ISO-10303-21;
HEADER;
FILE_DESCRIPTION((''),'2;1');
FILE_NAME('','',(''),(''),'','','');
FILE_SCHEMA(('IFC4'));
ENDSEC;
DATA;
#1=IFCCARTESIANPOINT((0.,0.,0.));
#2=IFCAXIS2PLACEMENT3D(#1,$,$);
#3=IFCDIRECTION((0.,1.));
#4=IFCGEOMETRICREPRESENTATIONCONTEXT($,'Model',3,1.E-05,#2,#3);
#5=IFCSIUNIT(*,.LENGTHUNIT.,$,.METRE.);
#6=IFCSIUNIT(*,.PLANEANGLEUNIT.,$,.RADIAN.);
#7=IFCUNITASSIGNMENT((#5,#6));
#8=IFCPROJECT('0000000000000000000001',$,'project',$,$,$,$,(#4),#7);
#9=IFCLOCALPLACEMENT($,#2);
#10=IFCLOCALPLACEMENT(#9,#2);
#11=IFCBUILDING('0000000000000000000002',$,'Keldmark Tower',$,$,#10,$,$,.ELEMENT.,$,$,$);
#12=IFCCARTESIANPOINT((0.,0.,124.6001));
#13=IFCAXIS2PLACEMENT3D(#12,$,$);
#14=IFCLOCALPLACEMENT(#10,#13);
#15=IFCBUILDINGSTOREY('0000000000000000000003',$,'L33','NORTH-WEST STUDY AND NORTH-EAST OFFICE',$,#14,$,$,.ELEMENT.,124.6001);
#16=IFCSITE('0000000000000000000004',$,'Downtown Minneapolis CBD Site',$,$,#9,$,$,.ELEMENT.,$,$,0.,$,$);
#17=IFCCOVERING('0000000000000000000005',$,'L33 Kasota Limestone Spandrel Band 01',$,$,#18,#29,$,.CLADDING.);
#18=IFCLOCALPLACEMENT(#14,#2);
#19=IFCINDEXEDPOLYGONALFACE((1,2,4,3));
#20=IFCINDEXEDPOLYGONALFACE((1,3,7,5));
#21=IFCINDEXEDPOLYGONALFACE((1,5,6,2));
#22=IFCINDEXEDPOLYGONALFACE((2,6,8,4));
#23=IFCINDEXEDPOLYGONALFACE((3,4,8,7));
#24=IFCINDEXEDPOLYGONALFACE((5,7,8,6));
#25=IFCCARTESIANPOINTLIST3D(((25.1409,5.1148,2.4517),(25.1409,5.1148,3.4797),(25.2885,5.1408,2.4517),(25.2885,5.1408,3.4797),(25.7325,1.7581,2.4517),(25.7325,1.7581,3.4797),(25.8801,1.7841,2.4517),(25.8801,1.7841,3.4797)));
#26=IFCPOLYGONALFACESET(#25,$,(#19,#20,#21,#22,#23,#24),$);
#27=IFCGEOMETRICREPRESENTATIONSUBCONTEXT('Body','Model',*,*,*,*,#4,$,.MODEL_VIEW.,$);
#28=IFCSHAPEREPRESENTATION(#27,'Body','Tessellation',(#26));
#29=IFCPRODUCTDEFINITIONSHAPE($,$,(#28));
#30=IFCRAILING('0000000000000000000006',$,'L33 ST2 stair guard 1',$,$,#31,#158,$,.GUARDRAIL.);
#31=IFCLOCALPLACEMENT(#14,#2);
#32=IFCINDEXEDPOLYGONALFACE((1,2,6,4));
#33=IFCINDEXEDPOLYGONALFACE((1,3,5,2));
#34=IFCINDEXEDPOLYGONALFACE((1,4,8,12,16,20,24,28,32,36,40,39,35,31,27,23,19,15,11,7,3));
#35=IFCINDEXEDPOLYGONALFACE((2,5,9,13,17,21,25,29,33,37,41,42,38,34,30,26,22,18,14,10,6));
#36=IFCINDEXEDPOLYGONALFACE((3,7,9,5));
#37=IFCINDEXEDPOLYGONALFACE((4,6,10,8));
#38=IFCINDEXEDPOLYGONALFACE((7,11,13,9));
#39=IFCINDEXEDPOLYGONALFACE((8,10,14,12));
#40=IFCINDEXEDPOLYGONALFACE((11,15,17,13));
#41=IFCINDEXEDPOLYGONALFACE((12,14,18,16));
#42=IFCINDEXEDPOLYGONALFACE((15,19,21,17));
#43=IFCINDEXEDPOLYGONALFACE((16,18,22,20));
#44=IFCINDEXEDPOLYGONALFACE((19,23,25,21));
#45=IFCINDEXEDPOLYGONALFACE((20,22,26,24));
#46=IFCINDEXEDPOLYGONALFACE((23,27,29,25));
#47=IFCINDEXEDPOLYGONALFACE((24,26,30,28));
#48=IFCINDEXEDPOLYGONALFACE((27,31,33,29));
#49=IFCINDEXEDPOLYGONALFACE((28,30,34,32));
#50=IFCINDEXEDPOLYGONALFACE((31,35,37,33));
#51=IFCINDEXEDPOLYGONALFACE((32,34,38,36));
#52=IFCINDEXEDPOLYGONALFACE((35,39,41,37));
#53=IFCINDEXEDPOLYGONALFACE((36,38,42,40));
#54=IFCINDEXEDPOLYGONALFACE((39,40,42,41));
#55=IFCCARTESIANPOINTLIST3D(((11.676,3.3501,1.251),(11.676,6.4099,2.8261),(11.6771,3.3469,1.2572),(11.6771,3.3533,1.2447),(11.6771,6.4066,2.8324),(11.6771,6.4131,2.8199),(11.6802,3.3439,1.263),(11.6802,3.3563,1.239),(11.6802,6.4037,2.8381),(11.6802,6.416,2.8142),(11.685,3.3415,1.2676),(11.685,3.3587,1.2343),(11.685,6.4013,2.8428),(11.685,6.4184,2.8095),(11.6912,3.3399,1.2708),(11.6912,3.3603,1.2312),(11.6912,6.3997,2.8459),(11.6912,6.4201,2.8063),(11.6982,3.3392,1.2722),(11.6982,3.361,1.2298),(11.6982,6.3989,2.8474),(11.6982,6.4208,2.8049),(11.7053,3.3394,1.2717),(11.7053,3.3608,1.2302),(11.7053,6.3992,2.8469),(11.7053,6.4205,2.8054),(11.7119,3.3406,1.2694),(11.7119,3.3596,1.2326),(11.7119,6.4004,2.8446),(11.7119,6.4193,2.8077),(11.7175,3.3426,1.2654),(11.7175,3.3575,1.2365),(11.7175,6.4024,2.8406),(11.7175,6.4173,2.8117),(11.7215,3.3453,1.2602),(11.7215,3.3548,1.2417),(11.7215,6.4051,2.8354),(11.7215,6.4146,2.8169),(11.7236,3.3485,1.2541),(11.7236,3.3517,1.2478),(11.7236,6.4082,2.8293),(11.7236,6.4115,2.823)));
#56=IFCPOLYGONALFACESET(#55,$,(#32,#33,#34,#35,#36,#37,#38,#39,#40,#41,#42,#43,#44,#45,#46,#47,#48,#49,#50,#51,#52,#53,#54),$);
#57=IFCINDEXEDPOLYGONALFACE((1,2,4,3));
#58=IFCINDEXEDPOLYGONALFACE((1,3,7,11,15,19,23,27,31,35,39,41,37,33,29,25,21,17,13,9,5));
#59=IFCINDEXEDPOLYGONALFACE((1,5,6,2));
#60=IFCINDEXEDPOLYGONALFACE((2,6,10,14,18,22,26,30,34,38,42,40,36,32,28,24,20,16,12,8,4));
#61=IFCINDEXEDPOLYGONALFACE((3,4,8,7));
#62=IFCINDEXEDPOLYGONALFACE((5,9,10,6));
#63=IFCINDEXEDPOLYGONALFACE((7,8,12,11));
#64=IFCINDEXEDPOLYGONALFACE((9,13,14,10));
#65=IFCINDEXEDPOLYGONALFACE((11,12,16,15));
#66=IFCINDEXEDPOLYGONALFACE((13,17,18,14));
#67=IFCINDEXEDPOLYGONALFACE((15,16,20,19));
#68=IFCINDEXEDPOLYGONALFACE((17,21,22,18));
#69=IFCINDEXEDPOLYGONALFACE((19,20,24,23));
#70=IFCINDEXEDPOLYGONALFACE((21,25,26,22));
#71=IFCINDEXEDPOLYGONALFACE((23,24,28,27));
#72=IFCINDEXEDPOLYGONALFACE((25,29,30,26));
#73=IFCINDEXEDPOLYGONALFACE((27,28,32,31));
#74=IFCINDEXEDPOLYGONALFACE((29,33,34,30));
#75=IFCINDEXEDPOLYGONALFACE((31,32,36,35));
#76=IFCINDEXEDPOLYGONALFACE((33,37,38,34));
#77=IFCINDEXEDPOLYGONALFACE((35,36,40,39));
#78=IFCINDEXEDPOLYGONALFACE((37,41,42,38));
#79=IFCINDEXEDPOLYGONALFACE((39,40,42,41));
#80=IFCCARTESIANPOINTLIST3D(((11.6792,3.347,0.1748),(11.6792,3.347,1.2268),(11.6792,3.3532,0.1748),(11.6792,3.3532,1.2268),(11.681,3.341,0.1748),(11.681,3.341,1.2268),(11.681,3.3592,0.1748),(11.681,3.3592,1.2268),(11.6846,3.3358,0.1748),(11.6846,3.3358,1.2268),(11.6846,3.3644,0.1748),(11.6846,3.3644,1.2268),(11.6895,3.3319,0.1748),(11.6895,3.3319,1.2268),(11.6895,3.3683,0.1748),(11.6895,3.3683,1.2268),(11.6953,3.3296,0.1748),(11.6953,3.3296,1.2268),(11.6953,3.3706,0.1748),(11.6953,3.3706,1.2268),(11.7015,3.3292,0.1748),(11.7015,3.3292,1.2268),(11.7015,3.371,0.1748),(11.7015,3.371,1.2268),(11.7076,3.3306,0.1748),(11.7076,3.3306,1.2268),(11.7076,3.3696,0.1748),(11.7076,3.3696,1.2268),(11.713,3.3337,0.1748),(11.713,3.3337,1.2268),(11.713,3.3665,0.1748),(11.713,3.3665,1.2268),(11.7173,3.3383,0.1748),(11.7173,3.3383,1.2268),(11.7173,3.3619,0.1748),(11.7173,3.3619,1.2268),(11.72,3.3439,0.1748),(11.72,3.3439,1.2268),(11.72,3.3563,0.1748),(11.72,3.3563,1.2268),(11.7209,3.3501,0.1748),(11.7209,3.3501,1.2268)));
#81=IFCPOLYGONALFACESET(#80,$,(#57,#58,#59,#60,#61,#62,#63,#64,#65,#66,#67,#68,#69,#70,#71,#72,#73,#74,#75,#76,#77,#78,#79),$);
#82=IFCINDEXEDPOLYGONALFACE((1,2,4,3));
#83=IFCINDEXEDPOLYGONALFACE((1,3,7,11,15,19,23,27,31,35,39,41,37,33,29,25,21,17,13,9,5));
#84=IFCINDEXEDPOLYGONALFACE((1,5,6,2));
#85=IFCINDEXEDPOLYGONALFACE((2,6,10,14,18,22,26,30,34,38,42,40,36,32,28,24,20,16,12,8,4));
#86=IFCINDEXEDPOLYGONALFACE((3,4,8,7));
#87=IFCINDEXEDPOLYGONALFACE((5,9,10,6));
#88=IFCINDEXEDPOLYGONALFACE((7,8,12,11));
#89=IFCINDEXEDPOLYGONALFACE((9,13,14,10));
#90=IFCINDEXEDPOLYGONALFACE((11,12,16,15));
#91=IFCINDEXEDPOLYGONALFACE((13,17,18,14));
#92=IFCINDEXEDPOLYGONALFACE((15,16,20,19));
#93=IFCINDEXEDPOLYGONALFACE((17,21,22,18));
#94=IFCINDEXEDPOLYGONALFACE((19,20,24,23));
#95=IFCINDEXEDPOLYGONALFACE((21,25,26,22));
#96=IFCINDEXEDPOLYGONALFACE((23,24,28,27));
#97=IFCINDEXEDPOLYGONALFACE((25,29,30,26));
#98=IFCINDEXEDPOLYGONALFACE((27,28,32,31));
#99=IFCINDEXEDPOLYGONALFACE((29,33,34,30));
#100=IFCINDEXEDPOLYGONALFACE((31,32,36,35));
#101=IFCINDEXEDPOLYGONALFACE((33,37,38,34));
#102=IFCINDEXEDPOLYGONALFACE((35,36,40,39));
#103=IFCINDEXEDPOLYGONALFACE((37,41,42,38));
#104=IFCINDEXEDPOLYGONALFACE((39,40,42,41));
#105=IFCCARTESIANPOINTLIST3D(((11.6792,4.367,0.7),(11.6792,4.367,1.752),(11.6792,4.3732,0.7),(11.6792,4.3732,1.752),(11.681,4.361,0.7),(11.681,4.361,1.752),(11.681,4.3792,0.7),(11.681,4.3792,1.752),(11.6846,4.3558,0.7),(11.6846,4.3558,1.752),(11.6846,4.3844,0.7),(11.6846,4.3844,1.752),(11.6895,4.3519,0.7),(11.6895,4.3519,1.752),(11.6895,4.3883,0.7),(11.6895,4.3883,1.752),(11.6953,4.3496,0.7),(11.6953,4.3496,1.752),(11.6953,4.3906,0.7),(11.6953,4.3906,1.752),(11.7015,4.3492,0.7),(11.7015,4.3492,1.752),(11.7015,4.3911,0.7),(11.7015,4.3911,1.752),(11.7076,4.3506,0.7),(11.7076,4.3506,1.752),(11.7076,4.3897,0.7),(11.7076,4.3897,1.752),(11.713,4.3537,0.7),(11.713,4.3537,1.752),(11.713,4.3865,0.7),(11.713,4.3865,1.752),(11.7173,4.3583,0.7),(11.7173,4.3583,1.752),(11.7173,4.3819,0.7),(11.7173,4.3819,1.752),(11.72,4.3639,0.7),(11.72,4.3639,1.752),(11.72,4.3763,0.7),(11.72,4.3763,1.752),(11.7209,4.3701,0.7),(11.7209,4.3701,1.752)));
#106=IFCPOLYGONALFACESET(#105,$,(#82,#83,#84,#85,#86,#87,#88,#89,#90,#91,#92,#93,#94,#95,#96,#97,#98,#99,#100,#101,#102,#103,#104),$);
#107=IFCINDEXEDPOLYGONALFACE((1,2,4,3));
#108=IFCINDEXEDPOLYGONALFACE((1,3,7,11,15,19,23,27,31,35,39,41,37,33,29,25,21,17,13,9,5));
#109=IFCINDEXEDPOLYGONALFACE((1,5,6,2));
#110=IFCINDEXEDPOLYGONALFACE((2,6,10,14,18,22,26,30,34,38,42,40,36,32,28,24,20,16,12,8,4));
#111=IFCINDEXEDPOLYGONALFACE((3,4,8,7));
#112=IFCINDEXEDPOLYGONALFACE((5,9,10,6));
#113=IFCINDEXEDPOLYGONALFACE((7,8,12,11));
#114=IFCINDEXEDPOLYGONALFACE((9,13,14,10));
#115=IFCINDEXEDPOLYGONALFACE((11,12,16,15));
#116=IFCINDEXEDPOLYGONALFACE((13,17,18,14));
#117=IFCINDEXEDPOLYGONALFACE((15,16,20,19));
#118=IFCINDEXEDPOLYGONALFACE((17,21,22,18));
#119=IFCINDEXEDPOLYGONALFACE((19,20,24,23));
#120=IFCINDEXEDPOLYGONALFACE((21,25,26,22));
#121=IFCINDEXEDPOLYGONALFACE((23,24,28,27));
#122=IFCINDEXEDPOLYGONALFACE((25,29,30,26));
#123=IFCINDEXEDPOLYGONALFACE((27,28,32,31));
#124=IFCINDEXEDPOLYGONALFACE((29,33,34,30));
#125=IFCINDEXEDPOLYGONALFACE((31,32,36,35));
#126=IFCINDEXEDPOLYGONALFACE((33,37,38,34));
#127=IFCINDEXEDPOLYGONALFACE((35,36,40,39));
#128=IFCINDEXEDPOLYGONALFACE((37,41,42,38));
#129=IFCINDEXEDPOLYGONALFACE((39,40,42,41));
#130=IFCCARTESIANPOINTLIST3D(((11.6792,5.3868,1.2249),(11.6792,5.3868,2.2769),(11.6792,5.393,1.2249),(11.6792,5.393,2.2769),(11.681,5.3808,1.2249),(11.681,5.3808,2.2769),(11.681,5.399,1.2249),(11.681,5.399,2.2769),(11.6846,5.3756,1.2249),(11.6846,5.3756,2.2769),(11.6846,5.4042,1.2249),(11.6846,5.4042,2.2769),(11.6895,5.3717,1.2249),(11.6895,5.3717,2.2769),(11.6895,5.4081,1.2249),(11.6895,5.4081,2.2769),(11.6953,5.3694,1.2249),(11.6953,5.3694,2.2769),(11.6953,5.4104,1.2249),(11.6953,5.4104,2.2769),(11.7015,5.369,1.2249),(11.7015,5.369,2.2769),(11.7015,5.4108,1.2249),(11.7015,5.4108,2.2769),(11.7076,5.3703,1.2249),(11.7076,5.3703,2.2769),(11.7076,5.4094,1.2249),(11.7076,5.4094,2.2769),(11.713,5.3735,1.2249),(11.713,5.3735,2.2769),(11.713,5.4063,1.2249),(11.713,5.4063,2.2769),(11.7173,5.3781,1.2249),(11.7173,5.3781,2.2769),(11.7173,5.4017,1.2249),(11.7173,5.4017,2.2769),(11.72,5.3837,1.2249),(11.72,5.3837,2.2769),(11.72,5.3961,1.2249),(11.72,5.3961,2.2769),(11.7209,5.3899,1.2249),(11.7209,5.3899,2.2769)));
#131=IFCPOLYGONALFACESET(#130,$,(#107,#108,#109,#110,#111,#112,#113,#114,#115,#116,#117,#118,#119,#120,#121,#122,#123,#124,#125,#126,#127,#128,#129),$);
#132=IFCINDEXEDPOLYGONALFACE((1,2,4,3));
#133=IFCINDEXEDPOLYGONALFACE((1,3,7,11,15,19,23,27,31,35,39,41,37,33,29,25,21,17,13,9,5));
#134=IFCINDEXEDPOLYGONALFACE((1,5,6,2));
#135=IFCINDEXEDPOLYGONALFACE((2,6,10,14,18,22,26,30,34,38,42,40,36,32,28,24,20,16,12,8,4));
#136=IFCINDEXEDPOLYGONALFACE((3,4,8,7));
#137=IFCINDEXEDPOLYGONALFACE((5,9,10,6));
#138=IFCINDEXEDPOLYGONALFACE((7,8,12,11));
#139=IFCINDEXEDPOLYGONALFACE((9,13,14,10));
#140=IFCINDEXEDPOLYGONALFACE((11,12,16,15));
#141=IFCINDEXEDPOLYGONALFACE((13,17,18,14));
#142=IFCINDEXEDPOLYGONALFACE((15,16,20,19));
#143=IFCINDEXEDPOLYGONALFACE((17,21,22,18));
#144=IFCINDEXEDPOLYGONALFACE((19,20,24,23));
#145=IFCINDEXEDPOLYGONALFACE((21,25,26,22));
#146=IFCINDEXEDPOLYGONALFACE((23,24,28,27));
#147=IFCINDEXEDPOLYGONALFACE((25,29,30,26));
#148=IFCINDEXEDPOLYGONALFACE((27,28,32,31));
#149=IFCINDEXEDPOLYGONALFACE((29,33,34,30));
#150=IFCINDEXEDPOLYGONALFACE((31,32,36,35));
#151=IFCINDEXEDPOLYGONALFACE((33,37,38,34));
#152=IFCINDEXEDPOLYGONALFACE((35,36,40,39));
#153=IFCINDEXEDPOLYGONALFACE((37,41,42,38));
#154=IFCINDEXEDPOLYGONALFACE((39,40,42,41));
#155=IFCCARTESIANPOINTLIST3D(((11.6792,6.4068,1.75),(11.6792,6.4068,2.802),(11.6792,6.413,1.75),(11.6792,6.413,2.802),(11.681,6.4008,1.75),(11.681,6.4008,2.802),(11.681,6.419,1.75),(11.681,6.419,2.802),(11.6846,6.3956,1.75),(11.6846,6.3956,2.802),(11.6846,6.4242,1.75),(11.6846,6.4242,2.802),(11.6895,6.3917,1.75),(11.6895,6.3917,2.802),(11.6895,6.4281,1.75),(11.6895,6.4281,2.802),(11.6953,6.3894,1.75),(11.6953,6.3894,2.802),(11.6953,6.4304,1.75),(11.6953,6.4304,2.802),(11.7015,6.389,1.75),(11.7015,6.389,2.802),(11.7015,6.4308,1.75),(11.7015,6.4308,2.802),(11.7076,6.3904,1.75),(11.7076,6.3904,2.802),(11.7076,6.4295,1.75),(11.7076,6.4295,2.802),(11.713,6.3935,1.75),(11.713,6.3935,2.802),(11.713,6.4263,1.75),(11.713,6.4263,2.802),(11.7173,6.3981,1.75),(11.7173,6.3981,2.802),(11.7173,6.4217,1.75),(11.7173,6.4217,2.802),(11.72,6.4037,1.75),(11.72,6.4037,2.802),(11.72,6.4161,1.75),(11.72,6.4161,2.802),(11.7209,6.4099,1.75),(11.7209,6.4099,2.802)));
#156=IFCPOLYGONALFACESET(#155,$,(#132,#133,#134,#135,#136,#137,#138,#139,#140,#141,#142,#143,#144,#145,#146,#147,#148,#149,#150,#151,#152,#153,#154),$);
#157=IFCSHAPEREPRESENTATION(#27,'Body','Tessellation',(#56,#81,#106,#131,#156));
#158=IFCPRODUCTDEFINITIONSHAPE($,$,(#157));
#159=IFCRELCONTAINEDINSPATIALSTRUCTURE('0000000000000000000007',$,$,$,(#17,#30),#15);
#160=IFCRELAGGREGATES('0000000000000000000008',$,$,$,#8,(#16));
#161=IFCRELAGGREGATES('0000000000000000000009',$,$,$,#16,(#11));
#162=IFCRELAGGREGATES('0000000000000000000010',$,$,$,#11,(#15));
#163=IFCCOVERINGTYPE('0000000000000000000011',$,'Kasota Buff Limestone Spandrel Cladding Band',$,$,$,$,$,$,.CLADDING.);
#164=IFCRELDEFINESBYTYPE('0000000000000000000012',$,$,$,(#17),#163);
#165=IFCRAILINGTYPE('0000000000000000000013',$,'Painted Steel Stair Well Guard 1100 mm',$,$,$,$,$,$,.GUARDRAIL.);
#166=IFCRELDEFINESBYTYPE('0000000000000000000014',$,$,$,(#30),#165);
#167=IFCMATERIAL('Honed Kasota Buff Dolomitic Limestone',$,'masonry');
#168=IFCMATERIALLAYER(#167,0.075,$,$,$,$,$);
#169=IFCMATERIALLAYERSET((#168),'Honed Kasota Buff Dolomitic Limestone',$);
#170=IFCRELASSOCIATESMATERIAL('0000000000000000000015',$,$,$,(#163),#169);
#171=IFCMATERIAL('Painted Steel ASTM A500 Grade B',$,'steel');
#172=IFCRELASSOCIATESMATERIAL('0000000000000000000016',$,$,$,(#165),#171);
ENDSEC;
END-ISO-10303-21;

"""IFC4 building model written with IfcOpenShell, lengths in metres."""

from ifc_helpers import new_model, si_unit, direction, frame, origin, origin_2d, place, context, subcontext, project, spatial, rectangle, circle, extrude, material, layer, layer_set, type_object, element, save


model = new_model("IFC4")

# Units and contexts
model_context = context("Model", 3, precision=1e-05, world=origin(), true_north=direction((0.0, 1.0)))
body_context = subcontext(model_context, "Body", "Model", "MODEL_VIEW")
ifc_project = project(units=[si_unit("LENGTHUNIT", "METRE"), si_unit("PLANEANGLEUNIT", "RADIAN")], contexts=[model_context])

# Site, building, storey
site_placement = place(None, origin())
site = spatial("IfcSite", under=ifc_project, at=site_placement, Name="Downtown Minneapolis CBD Site", CompositionType="ELEMENT", RefElevation=0.0)
building_placement = place(site_placement, origin())
building = spatial("IfcBuilding", under=site, at=building_placement, Name="Keldmark Tower", CompositionType="ELEMENT")
storey_placement = place(building_placement, frame((0.0, 0.0, 124.6001)))
storey = spatial("IfcBuildingStorey", under=building, at=storey_placement, Name="L33", Description="NORTH-WEST STUDY AND NORTH-EAST OFFICE", CompositionType="ELEMENT", Elevation=124.6001)

# Covering
ifc_material_1 = material(Name="Honed Kasota Buff Dolomitic Limestone", Category="masonry")
ifc_layer_1 = layer(ifc_material_1, 0.075)
ifc_layer_set_1 = layer_set([ifc_layer_1], Name="Honed Kasota Buff Dolomitic Limestone")
covering_type = type_object("IfcCoveringType", Name="Kasota Buff Limestone Spandrel Cladding Band", PredefinedType="CLADDING", material=ifc_layer_set_1)
covering_placement = place(storey_placement, frame((25.5105, 3.4495, 2.4517), z_axis=(0.0, 0.0, 1.0), x_axis=(-0.173562, 0.984823, 0.0)))
element("IfcCovering", 1, at=covering_placement, inside=storey, type_object=covering_type, Name="L33 Kasota Limestone Spandrel Band 01", PredefinedType="CLADDING", context=body_context, shape_type="SweptSolid", body=[
    extrude(rectangle(XDim=3.4084, YDim=0.1499, at=origin_2d()), origin(), (0.0, 0.0, 1.0), 1.0281),
])

# Railing
ifc_material_2 = material(Name="Painted Steel ASTM A500 Grade B", Category="steel")
railing_type_1 = type_object("IfcRailingType", Name="Painted Steel Stair Well Guard 1100 mm", PredefinedType="GUARDRAIL", material=ifc_material_2)
railing_1_placement = place(storey_placement, frame((11.7, 3.3501, 0.1748)))
element("IfcRailing", 2, at=railing_1_placement, inside=storey, type_object=railing_type_1, Name="L33 ST2 stair guard 1", PredefinedType="GUARDRAIL", context=body_context, shape_type="SweptSolid", body=[
    extrude(circle(Radius=0.0239, at=origin_2d()), frame((0.0, 0.0, 1.0762), z_axis=(0.0, 0.889101, 0.45771), x_axis=(-1.0, 0.0, 0.0)), (0.0, 0.0, 1.0), 3.4414),
    extrude(circle(Radius=0.021, at=origin_2d()), origin(), (0.0, 0.0, 1.0), 1.052),
    extrude(circle(Radius=0.021, at=origin_2d()), frame((0.0, 1.02, 0.5251)), (0.0, 0.0, 1.0), 1.052),
    extrude(circle(Radius=0.021, at=origin_2d()), frame((0.0, 2.0398, 1.05)), (0.0, 0.0, 1.0), 1.052),
    extrude(circle(Radius=0.021, at=origin_2d()), frame((0.0, 3.0598, 1.5752)), (0.0, 0.0, 1.0), 1.052),
])

save(model, "model.ifc")
